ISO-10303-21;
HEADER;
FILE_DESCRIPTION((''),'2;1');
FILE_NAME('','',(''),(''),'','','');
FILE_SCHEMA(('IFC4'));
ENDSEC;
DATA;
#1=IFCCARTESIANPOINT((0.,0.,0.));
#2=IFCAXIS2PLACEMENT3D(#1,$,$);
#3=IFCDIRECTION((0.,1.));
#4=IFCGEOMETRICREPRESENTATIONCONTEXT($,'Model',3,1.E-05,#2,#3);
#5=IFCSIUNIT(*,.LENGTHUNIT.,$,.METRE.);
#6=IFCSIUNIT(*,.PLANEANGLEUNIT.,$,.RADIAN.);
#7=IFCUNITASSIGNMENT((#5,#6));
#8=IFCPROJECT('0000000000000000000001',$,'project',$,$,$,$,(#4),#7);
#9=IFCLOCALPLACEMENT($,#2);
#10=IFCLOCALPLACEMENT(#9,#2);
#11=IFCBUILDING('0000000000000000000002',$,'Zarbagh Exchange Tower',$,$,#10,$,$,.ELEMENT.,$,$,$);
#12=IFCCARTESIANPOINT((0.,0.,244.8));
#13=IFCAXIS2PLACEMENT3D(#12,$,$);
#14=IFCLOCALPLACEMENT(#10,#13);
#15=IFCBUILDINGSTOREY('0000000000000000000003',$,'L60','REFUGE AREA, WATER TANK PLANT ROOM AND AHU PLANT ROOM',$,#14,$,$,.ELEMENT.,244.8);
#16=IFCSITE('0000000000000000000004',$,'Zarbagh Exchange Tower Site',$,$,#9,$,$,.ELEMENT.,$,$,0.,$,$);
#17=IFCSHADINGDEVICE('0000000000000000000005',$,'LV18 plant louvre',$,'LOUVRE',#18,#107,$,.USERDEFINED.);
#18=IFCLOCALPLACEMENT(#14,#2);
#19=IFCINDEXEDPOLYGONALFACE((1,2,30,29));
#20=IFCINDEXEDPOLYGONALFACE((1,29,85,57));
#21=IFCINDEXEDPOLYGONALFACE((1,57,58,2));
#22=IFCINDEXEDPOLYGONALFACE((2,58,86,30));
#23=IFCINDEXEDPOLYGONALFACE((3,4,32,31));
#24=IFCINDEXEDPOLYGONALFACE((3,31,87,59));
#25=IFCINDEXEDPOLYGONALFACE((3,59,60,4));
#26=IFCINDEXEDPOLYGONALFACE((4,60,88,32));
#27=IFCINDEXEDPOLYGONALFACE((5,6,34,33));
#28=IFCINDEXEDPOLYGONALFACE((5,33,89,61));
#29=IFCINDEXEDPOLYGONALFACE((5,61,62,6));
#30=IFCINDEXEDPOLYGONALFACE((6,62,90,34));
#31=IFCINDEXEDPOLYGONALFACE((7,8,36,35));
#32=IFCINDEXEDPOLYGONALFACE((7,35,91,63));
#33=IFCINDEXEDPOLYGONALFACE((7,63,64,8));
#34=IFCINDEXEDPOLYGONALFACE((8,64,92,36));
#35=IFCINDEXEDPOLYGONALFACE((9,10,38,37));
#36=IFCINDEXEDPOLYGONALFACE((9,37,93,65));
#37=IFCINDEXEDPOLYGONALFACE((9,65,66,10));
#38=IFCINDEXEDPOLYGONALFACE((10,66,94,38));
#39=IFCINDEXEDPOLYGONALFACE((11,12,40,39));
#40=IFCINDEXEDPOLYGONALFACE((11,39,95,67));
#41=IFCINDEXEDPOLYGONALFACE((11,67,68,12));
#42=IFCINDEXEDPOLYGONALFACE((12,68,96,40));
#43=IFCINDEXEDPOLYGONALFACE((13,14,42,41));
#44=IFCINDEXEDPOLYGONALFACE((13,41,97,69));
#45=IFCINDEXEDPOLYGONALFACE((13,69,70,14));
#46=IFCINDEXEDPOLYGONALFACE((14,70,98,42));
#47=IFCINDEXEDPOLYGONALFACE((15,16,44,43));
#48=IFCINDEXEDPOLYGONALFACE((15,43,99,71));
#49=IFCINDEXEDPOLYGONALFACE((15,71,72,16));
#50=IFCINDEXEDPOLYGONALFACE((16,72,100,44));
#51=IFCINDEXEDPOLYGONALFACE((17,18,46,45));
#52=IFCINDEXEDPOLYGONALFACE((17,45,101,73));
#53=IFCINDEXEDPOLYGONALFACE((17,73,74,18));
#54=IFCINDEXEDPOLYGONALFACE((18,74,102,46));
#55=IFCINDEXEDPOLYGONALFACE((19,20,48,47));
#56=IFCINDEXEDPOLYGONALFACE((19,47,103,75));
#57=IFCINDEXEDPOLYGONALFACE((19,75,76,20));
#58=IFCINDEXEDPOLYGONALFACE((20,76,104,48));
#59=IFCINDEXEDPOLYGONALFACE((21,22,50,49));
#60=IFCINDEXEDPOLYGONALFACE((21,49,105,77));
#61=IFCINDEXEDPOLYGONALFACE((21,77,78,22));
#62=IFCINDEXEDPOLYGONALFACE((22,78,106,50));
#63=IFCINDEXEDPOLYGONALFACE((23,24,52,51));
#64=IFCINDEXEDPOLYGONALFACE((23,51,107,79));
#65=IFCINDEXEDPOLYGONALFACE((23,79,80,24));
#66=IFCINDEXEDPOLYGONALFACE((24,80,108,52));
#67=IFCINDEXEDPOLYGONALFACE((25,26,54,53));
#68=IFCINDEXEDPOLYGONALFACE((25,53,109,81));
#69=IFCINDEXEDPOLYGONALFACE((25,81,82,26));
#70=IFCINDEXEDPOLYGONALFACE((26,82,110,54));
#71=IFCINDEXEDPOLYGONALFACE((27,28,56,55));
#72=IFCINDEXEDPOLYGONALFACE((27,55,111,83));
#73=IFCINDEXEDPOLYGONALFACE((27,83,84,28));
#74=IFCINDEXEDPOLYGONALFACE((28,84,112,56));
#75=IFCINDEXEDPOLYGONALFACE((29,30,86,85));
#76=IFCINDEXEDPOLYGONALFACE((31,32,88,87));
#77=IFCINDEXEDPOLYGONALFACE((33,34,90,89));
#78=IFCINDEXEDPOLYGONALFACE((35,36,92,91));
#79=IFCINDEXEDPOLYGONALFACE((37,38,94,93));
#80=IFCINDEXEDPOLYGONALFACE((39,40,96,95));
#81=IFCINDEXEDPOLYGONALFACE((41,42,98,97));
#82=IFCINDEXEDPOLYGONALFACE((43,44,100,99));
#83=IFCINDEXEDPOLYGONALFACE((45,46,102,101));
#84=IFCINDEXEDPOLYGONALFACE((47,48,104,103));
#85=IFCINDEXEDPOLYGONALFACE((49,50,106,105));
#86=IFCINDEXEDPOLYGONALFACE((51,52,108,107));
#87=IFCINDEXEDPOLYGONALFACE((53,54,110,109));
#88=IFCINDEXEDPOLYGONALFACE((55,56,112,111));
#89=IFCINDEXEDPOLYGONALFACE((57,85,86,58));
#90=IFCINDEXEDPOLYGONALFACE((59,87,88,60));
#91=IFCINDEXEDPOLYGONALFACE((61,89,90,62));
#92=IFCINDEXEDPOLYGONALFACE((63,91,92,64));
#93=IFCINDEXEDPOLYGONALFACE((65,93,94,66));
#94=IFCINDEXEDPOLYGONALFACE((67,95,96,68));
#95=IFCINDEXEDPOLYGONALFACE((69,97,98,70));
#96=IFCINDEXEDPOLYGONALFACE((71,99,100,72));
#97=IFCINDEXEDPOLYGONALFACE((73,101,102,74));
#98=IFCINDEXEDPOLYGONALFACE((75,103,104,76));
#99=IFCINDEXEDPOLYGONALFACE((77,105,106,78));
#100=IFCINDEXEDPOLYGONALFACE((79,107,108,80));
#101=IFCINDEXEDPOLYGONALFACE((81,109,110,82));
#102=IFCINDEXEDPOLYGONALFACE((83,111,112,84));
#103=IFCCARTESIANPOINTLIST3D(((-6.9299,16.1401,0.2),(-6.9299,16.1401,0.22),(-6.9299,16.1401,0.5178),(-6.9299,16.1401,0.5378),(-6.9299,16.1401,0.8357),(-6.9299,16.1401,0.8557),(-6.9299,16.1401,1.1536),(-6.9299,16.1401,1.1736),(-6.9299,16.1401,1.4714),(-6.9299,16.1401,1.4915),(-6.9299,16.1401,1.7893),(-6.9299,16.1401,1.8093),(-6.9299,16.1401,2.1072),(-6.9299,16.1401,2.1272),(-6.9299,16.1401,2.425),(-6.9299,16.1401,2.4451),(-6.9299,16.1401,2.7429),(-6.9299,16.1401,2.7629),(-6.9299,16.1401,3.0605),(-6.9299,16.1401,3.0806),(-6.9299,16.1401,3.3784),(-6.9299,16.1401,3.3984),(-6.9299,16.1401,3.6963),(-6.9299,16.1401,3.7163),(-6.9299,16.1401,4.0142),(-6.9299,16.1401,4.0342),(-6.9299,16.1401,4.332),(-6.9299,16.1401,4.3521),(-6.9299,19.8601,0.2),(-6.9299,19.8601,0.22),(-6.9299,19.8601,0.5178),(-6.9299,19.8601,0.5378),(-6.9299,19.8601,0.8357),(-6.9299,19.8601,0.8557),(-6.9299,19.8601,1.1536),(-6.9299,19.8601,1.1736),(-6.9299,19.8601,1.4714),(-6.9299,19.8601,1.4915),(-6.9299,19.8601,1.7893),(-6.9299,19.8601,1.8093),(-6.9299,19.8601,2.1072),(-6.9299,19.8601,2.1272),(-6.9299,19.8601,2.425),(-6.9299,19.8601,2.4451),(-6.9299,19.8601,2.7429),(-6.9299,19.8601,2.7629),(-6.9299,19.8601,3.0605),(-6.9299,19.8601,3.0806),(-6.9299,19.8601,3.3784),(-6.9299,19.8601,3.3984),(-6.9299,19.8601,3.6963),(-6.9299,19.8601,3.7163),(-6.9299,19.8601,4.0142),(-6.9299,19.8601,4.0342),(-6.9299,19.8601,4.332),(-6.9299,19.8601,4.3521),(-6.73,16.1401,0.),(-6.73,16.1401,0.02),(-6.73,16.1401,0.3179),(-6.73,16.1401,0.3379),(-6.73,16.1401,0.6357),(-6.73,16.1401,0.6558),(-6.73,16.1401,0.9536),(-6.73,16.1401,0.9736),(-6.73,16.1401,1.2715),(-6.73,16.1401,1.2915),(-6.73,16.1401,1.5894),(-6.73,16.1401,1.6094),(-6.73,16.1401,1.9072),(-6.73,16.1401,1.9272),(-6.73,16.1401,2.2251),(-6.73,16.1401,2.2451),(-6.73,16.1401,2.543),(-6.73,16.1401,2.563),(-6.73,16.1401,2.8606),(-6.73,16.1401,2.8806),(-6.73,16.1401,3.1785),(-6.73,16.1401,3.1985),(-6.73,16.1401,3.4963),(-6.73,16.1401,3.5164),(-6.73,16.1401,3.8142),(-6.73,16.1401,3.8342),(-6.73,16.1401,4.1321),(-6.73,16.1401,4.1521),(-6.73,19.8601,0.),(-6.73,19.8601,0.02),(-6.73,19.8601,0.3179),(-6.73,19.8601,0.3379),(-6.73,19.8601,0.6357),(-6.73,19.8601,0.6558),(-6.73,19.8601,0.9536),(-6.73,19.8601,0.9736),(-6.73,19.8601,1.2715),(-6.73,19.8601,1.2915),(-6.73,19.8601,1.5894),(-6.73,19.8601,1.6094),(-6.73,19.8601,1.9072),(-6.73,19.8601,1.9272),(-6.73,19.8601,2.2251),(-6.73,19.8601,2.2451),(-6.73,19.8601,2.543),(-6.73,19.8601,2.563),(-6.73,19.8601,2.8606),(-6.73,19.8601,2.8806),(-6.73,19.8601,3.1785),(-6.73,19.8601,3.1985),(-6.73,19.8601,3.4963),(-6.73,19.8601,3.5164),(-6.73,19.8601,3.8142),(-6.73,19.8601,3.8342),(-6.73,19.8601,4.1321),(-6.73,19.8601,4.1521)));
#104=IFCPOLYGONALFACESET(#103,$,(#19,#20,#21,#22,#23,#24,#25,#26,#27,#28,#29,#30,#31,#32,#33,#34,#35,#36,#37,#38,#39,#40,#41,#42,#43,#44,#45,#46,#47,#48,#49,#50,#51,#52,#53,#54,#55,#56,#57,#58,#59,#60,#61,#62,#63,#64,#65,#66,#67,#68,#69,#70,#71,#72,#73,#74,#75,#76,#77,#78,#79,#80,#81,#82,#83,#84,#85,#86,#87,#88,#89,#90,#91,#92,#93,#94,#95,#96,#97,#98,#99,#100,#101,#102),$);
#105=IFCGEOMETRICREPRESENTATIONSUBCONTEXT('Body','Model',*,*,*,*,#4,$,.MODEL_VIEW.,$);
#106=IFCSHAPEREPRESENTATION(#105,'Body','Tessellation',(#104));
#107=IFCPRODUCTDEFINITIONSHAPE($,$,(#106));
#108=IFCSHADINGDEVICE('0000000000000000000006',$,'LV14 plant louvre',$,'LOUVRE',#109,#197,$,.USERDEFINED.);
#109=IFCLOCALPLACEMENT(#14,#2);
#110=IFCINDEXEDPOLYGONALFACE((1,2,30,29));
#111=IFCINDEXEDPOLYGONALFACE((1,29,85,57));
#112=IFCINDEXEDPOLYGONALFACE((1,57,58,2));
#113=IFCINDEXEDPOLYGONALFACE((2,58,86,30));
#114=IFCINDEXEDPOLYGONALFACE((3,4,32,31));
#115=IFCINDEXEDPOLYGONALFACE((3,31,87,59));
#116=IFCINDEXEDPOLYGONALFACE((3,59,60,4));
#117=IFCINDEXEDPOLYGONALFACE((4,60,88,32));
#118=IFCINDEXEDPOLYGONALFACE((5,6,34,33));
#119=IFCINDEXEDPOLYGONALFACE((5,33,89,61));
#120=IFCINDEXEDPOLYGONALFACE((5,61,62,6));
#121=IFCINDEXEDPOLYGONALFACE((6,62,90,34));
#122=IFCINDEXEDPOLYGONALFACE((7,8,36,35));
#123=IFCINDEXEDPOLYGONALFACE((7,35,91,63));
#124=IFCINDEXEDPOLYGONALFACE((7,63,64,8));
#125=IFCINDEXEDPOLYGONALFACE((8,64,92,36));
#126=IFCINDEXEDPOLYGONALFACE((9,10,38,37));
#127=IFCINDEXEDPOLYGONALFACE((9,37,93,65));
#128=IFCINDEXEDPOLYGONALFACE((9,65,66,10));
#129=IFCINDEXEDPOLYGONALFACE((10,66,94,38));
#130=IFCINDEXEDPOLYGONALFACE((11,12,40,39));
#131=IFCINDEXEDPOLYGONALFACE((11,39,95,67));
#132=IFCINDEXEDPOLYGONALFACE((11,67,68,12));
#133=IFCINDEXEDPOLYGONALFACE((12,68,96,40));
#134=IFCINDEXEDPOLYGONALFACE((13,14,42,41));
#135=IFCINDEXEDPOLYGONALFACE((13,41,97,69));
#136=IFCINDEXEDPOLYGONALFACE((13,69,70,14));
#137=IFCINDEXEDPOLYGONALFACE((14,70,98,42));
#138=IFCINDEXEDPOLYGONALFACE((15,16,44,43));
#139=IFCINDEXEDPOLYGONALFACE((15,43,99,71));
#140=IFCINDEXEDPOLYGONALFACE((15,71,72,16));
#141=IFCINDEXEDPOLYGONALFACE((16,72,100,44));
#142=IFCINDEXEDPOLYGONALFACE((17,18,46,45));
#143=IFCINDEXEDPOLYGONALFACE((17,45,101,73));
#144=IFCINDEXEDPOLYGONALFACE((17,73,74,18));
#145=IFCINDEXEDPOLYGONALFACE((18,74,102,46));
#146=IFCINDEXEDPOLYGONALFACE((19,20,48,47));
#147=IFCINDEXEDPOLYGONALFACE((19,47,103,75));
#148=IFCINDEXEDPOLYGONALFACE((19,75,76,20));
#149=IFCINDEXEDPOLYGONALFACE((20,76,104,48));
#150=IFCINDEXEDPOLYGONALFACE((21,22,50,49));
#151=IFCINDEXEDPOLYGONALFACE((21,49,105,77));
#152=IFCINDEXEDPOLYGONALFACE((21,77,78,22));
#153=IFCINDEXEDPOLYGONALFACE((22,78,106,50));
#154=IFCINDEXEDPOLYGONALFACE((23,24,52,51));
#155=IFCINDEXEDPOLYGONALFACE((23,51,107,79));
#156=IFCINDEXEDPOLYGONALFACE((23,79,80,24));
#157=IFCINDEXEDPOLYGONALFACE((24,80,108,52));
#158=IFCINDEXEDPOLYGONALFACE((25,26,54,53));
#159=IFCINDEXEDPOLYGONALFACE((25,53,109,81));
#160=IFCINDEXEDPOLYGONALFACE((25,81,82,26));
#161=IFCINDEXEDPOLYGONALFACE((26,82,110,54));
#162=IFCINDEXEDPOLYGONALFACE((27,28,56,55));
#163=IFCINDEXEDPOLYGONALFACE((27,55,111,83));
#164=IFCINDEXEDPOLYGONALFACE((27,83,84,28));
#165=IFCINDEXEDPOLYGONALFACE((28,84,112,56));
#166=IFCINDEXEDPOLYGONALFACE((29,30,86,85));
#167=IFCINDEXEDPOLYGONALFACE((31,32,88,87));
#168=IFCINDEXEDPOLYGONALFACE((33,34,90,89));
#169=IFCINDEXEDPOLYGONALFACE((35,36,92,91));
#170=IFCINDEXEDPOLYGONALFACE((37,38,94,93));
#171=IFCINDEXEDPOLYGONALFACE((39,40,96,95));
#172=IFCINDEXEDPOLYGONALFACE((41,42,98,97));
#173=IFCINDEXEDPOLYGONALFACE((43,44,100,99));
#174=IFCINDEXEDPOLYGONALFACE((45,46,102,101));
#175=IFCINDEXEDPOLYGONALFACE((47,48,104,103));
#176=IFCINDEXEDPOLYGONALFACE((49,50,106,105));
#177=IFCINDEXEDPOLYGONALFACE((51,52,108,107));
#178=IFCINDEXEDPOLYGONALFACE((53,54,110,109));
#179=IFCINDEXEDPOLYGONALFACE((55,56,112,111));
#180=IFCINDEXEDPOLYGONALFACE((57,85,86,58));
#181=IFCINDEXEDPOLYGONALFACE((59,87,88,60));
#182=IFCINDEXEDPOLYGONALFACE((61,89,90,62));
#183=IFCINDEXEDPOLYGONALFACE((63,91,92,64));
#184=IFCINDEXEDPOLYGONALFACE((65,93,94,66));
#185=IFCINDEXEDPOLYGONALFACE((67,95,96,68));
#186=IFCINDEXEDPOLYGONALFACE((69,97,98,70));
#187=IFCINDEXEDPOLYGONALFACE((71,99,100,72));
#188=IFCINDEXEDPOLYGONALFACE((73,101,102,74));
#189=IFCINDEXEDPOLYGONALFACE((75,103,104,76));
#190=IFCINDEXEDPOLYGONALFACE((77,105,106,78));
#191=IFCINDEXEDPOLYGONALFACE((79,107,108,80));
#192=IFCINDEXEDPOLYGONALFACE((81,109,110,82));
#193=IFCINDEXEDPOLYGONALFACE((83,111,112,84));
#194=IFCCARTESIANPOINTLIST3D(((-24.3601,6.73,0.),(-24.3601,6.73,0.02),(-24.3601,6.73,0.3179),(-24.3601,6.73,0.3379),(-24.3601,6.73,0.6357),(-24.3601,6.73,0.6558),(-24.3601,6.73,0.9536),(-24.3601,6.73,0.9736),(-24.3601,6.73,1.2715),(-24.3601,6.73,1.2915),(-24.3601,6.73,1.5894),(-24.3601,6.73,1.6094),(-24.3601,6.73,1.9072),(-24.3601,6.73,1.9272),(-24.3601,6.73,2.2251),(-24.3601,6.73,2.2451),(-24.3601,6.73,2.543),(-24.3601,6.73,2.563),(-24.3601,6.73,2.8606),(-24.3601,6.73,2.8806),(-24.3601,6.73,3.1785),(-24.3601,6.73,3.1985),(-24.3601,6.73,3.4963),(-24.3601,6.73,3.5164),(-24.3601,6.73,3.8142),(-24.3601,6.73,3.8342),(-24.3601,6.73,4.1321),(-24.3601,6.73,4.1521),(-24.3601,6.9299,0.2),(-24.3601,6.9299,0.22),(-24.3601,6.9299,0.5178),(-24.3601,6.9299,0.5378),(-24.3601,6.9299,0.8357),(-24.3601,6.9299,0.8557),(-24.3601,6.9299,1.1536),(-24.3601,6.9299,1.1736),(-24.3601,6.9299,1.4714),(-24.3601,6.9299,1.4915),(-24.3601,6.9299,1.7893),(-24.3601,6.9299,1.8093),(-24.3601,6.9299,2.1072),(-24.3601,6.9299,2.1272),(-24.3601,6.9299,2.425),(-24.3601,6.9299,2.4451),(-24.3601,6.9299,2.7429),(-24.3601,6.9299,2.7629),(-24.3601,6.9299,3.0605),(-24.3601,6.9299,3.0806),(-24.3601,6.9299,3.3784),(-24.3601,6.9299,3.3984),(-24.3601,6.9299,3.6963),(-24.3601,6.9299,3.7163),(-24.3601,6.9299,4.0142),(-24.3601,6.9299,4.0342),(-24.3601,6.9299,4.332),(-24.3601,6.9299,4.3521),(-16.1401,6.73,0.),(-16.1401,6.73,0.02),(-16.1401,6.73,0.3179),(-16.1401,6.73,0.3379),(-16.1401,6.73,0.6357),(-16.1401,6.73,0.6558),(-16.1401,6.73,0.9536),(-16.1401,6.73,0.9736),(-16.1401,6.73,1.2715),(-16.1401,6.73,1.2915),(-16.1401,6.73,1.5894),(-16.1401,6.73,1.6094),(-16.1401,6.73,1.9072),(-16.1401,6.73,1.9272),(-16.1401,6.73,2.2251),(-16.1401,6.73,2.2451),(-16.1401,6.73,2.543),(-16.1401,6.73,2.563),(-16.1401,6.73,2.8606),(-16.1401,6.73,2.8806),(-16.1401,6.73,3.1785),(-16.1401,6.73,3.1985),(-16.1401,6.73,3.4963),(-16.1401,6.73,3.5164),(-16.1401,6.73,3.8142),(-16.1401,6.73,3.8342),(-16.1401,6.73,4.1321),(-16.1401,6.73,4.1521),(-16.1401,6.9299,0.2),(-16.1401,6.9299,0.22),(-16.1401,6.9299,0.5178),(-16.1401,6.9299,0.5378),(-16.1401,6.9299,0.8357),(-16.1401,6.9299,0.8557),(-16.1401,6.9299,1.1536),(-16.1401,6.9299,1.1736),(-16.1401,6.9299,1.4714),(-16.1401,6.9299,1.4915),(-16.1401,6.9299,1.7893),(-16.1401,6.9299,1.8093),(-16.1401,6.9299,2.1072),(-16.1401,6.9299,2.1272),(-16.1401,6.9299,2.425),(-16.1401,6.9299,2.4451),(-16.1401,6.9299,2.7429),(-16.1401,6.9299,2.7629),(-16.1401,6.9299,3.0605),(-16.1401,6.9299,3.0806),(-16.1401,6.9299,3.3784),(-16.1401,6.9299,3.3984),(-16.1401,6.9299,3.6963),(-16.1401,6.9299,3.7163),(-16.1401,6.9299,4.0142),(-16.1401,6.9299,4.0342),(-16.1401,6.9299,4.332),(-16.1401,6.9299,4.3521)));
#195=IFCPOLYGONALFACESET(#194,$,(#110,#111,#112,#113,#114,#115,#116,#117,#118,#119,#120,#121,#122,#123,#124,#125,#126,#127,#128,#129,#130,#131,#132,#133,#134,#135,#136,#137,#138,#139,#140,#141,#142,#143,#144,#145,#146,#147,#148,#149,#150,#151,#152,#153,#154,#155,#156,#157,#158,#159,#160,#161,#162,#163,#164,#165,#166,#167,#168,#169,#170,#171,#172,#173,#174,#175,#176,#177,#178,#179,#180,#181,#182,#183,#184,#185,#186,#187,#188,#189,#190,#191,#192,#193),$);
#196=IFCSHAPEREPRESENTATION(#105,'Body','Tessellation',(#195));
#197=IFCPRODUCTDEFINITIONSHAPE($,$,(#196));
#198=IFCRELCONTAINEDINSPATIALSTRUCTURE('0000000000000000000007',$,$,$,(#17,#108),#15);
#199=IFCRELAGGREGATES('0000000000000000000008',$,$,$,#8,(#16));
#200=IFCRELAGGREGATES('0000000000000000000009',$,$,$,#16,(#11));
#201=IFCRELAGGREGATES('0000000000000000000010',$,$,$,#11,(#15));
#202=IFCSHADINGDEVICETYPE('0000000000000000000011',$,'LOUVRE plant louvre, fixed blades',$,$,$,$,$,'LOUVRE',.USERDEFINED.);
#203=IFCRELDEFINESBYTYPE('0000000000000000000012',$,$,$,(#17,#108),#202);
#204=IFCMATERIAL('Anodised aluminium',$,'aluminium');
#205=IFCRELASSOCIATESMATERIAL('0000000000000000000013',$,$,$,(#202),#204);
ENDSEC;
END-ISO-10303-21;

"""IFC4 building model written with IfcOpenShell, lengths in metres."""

from ifc_helpers import new_model, si_unit, direction, frame, origin, place, context, subcontext, project, spatial, polyline, outline, extrude, source, transform, mapped, material, type_object, element, save


model = new_model("IFC4")

# Units and contexts
model_context = context("Model", 3, precision=1e-05, world=origin(), true_north=direction((0.0, 1.0)))
body_context = subcontext(model_context, "Body", "Model", "MODEL_VIEW")
ifc_project = project(units=[si_unit("LENGTHUNIT", "METRE"), si_unit("PLANEANGLEUNIT", "RADIAN")], contexts=[model_context])

# Site, building, storey
site_placement = place(None, origin())
site = spatial("IfcSite", under=ifc_project, at=site_placement, Name="Zarbagh Exchange Tower Site", CompositionType="ELEMENT", RefElevation=0.0)
building_placement = place(site_placement, origin())
building = spatial("IfcBuilding", under=site, at=building_placement, Name="Zarbagh Exchange Tower", CompositionType="ELEMENT")
storey_placement = place(building_placement, frame((0.0, 0.0, 244.8)))
storey = spatial("IfcBuildingStorey", under=building, at=storey_placement, Name="L60", Description="REFUGE AREA, WATER TANK PLANT ROOM AND AHU PLANT ROOM", CompositionType="ELEMENT", Elevation=244.8)

# Shared definitions
placement = place(storey_placement, origin())

# Shared definitions
ifc_material_1 = material(Name="Anodised aluminium", Category="aluminium")
shading_device_type = type_object("IfcShadingDeviceType", Name="LOUVRE plant louvre, fixed blades", ElementType="LOUVRE", PredefinedType="USERDEFINED", material=ifc_material_1)

# Shading device
shared_shape_1 = source(origin(), body_context, "Body", "SweptSolid", [
    extrude(outline(polyline([(0.0, 0.2), (0.2, 0.0), (0.2, -0.02), (0.0, 0.1799), (0.0, 0.2)])), origin(), (0.0, 0.0, 1.0), 3.72),
])
element("IfcShadingDevice", 1, at=placement, inside=storey, type_object=shading_device_type, Name="LV18 plant louvre", ObjectType="LOUVRE", PredefinedType="USERDEFINED", context=body_context, shape_type="MappedRepresentation", body=[
    mapped(shared_shape_1, transform((-6.73, 19.8601, 0.2), x_axis=(-1.0, 0.0, 0.0), y_axis=(0.0, 0.0, -1.0), z_axis=(0.0, -1.0, 0.0))),
    mapped(shared_shape_1, transform((-6.73, 19.8601, 0.5178), x_axis=(-1.0, 0.0, 0.0), y_axis=(0.0, 0.0, -1.0), z_axis=(0.0, -1.0, 0.0))),
    mapped(shared_shape_1, transform((-6.73, 19.8601, 0.8357), x_axis=(-1.0, 0.0, 0.0), y_axis=(0.0, 0.0, -1.0), z_axis=(0.0, -1.0, 0.0))),
    mapped(shared_shape_1, transform((-6.73, 19.8601, 1.1536), x_axis=(-1.0, 0.0, 0.0), y_axis=(0.0, 0.0, -1.0), z_axis=(0.0, -1.0, 0.0))),
    mapped(shared_shape_1, transform((-6.73, 19.8601, 1.4714), x_axis=(-1.0, 0.0, 0.0), y_axis=(0.0, 0.0, -1.0), z_axis=(0.0, -1.0, 0.0))),
    mapped(shared_shape_1, transform((-6.73, 19.8601, 1.7893), x_axis=(-1.0, 0.0, 0.0), y_axis=(0.0, 0.0, -1.0), z_axis=(0.0, -1.0, 0.0))),
    mapped(shared_shape_1, transform((-6.73, 19.8601, 2.1072), x_axis=(-1.0, 0.0, 0.0), y_axis=(0.0, 0.0, -1.0), z_axis=(0.0, -1.0, 0.0))),
    mapped(shared_shape_1, transform((-6.73, 19.8601, 2.425), x_axis=(-1.0, 0.0, 0.0), y_axis=(0.0, 0.0, -1.0), z_axis=(0.0, -1.0, 0.0))),
    mapped(shared_shape_1, transform((-6.73, 19.8601, 2.7429), x_axis=(-1.0, 0.0, 0.0), y_axis=(0.0, 0.0, -1.0), z_axis=(0.0, -1.0, 0.0))),
    mapped(shared_shape_1, transform((-6.73, 19.8601, 3.0605), x_axis=(-1.0, 0.0, 0.0), y_axis=(0.0, 0.0, -1.0), z_axis=(0.0, -1.0, 0.0))),
    mapped(shared_shape_1, transform((-6.73, 19.8601, 3.3784), x_axis=(-1.0, 0.0, 0.0), y_axis=(0.0, 0.0, -1.0), z_axis=(0.0, -1.0, 0.0))),
    mapped(shared_shape_1, transform((-6.73, 19.8601, 3.6963), x_axis=(-1.0, 0.0, 0.0), y_axis=(0.0, 0.0, -1.0), z_axis=(0.0, -1.0, 0.0))),
    mapped(shared_shape_1, transform((-6.73, 19.8601, 4.0142), x_axis=(-1.0, 0.0, 0.0), y_axis=(0.0, 0.0, -1.0), z_axis=(0.0, -1.0, 0.0))),
    mapped(shared_shape_1, transform((-6.73, 19.8601, 4.332), x_axis=(-1.0, 0.0, 0.0), y_axis=(0.0, 0.0, -1.0), z_axis=(0.0, -1.0, 0.0))),
])

# Shading device
shared_shape_2 = source(origin(), body_context, "Body", "SweptSolid", [
    extrude(outline(polyline([(0.0, 0.2), (0.2, 0.0), (0.2, -0.02), (0.0, 0.1799), (0.0, 0.2)])), origin(), (0.0, 0.0, 1.0), 8.22),
])
element("IfcShadingDevice", 2, at=placement, inside=storey, type_object=shading_device_type, Name="LV14 plant louvre", ObjectType="LOUVRE", PredefinedType="USERDEFINED", context=body_context, shape_type="MappedRepresentation", body=[
    mapped(shared_shape_2, transform((-16.1401, 6.73, 0.2), x_axis=(0.0, 1.0, 0.0), y_axis=(0.0, 0.0, -1.0), z_axis=(-1.0, 0.0, 0.0))),
    mapped(shared_shape_2, transform((-16.1401, 6.73, 0.5178), x_axis=(0.0, 1.0, 0.0), y_axis=(0.0, 0.0, -1.0), z_axis=(-1.0, 0.0, 0.0))),
    mapped(shared_shape_2, transform((-16.1401, 6.73, 0.8357), x_axis=(0.0, 1.0, 0.0), y_axis=(0.0, 0.0, -1.0), z_axis=(-1.0, 0.0, 0.0))),
    mapped(shared_shape_2, transform((-16.1401, 6.73, 1.1536), x_axis=(0.0, 1.0, 0.0), y_axis=(0.0, 0.0, -1.0), z_axis=(-1.0, 0.0, 0.0))),
    mapped(shared_shape_2, transform((-16.1401, 6.73, 1.4714), x_axis=(0.0, 1.0, 0.0), y_axis=(0.0, 0.0, -1.0), z_axis=(-1.0, 0.0, 0.0))),
    mapped(shared_shape_2, transform((-16.1401, 6.73, 1.7893), x_axis=(0.0, 1.0, 0.0), y_axis=(0.0, 0.0, -1.0), z_axis=(-1.0, 0.0, 0.0))),
    mapped(shared_shape_2, transform((-16.1401, 6.73, 2.1072), x_axis=(0.0, 1.0, 0.0), y_axis=(0.0, 0.0, -1.0), z_axis=(-1.0, 0.0, 0.0))),
    mapped(shared_shape_2, transform((-16.1401, 6.73, 2.425), x_axis=(0.0, 1.0, 0.0), y_axis=(0.0, 0.0, -1.0), z_axis=(-1.0, 0.0, 0.0))),
    mapped(shared_shape_2, transform((-16.1401, 6.73, 2.7429), x_axis=(0.0, 1.0, 0.0), y_axis=(0.0, 0.0, -1.0), z_axis=(-1.0, 0.0, 0.0))),
    mapped(shared_shape_2, transform((-16.1401, 6.73, 3.0605), x_axis=(0.0, 1.0, 0.0), y_axis=(0.0, 0.0, -1.0), z_axis=(-1.0, 0.0, 0.0))),
    mapped(shared_shape_2, transform((-16.1401, 6.73, 3.3784), x_axis=(0.0, 1.0, 0.0), y_axis=(0.0, 0.0, -1.0), z_axis=(-1.0, 0.0, 0.0))),
    mapped(shared_shape_2, transform((-16.1401, 6.73, 3.6963), x_axis=(0.0, 1.0, 0.0), y_axis=(0.0, 0.0, -1.0), z_axis=(-1.0, 0.0, 0.0))),
    mapped(shared_shape_2, transform((-16.1401, 6.73, 4.0142), x_axis=(0.0, 1.0, 0.0), y_axis=(0.0, 0.0, -1.0), z_axis=(-1.0, 0.0, 0.0))),
    mapped(shared_shape_2, transform((-16.1401, 6.73, 4.332), x_axis=(0.0, 1.0, 0.0), y_axis=(0.0, 0.0, -1.0), z_axis=(-1.0, 0.0, 0.0))),
])

save(model, "model.ifc")
